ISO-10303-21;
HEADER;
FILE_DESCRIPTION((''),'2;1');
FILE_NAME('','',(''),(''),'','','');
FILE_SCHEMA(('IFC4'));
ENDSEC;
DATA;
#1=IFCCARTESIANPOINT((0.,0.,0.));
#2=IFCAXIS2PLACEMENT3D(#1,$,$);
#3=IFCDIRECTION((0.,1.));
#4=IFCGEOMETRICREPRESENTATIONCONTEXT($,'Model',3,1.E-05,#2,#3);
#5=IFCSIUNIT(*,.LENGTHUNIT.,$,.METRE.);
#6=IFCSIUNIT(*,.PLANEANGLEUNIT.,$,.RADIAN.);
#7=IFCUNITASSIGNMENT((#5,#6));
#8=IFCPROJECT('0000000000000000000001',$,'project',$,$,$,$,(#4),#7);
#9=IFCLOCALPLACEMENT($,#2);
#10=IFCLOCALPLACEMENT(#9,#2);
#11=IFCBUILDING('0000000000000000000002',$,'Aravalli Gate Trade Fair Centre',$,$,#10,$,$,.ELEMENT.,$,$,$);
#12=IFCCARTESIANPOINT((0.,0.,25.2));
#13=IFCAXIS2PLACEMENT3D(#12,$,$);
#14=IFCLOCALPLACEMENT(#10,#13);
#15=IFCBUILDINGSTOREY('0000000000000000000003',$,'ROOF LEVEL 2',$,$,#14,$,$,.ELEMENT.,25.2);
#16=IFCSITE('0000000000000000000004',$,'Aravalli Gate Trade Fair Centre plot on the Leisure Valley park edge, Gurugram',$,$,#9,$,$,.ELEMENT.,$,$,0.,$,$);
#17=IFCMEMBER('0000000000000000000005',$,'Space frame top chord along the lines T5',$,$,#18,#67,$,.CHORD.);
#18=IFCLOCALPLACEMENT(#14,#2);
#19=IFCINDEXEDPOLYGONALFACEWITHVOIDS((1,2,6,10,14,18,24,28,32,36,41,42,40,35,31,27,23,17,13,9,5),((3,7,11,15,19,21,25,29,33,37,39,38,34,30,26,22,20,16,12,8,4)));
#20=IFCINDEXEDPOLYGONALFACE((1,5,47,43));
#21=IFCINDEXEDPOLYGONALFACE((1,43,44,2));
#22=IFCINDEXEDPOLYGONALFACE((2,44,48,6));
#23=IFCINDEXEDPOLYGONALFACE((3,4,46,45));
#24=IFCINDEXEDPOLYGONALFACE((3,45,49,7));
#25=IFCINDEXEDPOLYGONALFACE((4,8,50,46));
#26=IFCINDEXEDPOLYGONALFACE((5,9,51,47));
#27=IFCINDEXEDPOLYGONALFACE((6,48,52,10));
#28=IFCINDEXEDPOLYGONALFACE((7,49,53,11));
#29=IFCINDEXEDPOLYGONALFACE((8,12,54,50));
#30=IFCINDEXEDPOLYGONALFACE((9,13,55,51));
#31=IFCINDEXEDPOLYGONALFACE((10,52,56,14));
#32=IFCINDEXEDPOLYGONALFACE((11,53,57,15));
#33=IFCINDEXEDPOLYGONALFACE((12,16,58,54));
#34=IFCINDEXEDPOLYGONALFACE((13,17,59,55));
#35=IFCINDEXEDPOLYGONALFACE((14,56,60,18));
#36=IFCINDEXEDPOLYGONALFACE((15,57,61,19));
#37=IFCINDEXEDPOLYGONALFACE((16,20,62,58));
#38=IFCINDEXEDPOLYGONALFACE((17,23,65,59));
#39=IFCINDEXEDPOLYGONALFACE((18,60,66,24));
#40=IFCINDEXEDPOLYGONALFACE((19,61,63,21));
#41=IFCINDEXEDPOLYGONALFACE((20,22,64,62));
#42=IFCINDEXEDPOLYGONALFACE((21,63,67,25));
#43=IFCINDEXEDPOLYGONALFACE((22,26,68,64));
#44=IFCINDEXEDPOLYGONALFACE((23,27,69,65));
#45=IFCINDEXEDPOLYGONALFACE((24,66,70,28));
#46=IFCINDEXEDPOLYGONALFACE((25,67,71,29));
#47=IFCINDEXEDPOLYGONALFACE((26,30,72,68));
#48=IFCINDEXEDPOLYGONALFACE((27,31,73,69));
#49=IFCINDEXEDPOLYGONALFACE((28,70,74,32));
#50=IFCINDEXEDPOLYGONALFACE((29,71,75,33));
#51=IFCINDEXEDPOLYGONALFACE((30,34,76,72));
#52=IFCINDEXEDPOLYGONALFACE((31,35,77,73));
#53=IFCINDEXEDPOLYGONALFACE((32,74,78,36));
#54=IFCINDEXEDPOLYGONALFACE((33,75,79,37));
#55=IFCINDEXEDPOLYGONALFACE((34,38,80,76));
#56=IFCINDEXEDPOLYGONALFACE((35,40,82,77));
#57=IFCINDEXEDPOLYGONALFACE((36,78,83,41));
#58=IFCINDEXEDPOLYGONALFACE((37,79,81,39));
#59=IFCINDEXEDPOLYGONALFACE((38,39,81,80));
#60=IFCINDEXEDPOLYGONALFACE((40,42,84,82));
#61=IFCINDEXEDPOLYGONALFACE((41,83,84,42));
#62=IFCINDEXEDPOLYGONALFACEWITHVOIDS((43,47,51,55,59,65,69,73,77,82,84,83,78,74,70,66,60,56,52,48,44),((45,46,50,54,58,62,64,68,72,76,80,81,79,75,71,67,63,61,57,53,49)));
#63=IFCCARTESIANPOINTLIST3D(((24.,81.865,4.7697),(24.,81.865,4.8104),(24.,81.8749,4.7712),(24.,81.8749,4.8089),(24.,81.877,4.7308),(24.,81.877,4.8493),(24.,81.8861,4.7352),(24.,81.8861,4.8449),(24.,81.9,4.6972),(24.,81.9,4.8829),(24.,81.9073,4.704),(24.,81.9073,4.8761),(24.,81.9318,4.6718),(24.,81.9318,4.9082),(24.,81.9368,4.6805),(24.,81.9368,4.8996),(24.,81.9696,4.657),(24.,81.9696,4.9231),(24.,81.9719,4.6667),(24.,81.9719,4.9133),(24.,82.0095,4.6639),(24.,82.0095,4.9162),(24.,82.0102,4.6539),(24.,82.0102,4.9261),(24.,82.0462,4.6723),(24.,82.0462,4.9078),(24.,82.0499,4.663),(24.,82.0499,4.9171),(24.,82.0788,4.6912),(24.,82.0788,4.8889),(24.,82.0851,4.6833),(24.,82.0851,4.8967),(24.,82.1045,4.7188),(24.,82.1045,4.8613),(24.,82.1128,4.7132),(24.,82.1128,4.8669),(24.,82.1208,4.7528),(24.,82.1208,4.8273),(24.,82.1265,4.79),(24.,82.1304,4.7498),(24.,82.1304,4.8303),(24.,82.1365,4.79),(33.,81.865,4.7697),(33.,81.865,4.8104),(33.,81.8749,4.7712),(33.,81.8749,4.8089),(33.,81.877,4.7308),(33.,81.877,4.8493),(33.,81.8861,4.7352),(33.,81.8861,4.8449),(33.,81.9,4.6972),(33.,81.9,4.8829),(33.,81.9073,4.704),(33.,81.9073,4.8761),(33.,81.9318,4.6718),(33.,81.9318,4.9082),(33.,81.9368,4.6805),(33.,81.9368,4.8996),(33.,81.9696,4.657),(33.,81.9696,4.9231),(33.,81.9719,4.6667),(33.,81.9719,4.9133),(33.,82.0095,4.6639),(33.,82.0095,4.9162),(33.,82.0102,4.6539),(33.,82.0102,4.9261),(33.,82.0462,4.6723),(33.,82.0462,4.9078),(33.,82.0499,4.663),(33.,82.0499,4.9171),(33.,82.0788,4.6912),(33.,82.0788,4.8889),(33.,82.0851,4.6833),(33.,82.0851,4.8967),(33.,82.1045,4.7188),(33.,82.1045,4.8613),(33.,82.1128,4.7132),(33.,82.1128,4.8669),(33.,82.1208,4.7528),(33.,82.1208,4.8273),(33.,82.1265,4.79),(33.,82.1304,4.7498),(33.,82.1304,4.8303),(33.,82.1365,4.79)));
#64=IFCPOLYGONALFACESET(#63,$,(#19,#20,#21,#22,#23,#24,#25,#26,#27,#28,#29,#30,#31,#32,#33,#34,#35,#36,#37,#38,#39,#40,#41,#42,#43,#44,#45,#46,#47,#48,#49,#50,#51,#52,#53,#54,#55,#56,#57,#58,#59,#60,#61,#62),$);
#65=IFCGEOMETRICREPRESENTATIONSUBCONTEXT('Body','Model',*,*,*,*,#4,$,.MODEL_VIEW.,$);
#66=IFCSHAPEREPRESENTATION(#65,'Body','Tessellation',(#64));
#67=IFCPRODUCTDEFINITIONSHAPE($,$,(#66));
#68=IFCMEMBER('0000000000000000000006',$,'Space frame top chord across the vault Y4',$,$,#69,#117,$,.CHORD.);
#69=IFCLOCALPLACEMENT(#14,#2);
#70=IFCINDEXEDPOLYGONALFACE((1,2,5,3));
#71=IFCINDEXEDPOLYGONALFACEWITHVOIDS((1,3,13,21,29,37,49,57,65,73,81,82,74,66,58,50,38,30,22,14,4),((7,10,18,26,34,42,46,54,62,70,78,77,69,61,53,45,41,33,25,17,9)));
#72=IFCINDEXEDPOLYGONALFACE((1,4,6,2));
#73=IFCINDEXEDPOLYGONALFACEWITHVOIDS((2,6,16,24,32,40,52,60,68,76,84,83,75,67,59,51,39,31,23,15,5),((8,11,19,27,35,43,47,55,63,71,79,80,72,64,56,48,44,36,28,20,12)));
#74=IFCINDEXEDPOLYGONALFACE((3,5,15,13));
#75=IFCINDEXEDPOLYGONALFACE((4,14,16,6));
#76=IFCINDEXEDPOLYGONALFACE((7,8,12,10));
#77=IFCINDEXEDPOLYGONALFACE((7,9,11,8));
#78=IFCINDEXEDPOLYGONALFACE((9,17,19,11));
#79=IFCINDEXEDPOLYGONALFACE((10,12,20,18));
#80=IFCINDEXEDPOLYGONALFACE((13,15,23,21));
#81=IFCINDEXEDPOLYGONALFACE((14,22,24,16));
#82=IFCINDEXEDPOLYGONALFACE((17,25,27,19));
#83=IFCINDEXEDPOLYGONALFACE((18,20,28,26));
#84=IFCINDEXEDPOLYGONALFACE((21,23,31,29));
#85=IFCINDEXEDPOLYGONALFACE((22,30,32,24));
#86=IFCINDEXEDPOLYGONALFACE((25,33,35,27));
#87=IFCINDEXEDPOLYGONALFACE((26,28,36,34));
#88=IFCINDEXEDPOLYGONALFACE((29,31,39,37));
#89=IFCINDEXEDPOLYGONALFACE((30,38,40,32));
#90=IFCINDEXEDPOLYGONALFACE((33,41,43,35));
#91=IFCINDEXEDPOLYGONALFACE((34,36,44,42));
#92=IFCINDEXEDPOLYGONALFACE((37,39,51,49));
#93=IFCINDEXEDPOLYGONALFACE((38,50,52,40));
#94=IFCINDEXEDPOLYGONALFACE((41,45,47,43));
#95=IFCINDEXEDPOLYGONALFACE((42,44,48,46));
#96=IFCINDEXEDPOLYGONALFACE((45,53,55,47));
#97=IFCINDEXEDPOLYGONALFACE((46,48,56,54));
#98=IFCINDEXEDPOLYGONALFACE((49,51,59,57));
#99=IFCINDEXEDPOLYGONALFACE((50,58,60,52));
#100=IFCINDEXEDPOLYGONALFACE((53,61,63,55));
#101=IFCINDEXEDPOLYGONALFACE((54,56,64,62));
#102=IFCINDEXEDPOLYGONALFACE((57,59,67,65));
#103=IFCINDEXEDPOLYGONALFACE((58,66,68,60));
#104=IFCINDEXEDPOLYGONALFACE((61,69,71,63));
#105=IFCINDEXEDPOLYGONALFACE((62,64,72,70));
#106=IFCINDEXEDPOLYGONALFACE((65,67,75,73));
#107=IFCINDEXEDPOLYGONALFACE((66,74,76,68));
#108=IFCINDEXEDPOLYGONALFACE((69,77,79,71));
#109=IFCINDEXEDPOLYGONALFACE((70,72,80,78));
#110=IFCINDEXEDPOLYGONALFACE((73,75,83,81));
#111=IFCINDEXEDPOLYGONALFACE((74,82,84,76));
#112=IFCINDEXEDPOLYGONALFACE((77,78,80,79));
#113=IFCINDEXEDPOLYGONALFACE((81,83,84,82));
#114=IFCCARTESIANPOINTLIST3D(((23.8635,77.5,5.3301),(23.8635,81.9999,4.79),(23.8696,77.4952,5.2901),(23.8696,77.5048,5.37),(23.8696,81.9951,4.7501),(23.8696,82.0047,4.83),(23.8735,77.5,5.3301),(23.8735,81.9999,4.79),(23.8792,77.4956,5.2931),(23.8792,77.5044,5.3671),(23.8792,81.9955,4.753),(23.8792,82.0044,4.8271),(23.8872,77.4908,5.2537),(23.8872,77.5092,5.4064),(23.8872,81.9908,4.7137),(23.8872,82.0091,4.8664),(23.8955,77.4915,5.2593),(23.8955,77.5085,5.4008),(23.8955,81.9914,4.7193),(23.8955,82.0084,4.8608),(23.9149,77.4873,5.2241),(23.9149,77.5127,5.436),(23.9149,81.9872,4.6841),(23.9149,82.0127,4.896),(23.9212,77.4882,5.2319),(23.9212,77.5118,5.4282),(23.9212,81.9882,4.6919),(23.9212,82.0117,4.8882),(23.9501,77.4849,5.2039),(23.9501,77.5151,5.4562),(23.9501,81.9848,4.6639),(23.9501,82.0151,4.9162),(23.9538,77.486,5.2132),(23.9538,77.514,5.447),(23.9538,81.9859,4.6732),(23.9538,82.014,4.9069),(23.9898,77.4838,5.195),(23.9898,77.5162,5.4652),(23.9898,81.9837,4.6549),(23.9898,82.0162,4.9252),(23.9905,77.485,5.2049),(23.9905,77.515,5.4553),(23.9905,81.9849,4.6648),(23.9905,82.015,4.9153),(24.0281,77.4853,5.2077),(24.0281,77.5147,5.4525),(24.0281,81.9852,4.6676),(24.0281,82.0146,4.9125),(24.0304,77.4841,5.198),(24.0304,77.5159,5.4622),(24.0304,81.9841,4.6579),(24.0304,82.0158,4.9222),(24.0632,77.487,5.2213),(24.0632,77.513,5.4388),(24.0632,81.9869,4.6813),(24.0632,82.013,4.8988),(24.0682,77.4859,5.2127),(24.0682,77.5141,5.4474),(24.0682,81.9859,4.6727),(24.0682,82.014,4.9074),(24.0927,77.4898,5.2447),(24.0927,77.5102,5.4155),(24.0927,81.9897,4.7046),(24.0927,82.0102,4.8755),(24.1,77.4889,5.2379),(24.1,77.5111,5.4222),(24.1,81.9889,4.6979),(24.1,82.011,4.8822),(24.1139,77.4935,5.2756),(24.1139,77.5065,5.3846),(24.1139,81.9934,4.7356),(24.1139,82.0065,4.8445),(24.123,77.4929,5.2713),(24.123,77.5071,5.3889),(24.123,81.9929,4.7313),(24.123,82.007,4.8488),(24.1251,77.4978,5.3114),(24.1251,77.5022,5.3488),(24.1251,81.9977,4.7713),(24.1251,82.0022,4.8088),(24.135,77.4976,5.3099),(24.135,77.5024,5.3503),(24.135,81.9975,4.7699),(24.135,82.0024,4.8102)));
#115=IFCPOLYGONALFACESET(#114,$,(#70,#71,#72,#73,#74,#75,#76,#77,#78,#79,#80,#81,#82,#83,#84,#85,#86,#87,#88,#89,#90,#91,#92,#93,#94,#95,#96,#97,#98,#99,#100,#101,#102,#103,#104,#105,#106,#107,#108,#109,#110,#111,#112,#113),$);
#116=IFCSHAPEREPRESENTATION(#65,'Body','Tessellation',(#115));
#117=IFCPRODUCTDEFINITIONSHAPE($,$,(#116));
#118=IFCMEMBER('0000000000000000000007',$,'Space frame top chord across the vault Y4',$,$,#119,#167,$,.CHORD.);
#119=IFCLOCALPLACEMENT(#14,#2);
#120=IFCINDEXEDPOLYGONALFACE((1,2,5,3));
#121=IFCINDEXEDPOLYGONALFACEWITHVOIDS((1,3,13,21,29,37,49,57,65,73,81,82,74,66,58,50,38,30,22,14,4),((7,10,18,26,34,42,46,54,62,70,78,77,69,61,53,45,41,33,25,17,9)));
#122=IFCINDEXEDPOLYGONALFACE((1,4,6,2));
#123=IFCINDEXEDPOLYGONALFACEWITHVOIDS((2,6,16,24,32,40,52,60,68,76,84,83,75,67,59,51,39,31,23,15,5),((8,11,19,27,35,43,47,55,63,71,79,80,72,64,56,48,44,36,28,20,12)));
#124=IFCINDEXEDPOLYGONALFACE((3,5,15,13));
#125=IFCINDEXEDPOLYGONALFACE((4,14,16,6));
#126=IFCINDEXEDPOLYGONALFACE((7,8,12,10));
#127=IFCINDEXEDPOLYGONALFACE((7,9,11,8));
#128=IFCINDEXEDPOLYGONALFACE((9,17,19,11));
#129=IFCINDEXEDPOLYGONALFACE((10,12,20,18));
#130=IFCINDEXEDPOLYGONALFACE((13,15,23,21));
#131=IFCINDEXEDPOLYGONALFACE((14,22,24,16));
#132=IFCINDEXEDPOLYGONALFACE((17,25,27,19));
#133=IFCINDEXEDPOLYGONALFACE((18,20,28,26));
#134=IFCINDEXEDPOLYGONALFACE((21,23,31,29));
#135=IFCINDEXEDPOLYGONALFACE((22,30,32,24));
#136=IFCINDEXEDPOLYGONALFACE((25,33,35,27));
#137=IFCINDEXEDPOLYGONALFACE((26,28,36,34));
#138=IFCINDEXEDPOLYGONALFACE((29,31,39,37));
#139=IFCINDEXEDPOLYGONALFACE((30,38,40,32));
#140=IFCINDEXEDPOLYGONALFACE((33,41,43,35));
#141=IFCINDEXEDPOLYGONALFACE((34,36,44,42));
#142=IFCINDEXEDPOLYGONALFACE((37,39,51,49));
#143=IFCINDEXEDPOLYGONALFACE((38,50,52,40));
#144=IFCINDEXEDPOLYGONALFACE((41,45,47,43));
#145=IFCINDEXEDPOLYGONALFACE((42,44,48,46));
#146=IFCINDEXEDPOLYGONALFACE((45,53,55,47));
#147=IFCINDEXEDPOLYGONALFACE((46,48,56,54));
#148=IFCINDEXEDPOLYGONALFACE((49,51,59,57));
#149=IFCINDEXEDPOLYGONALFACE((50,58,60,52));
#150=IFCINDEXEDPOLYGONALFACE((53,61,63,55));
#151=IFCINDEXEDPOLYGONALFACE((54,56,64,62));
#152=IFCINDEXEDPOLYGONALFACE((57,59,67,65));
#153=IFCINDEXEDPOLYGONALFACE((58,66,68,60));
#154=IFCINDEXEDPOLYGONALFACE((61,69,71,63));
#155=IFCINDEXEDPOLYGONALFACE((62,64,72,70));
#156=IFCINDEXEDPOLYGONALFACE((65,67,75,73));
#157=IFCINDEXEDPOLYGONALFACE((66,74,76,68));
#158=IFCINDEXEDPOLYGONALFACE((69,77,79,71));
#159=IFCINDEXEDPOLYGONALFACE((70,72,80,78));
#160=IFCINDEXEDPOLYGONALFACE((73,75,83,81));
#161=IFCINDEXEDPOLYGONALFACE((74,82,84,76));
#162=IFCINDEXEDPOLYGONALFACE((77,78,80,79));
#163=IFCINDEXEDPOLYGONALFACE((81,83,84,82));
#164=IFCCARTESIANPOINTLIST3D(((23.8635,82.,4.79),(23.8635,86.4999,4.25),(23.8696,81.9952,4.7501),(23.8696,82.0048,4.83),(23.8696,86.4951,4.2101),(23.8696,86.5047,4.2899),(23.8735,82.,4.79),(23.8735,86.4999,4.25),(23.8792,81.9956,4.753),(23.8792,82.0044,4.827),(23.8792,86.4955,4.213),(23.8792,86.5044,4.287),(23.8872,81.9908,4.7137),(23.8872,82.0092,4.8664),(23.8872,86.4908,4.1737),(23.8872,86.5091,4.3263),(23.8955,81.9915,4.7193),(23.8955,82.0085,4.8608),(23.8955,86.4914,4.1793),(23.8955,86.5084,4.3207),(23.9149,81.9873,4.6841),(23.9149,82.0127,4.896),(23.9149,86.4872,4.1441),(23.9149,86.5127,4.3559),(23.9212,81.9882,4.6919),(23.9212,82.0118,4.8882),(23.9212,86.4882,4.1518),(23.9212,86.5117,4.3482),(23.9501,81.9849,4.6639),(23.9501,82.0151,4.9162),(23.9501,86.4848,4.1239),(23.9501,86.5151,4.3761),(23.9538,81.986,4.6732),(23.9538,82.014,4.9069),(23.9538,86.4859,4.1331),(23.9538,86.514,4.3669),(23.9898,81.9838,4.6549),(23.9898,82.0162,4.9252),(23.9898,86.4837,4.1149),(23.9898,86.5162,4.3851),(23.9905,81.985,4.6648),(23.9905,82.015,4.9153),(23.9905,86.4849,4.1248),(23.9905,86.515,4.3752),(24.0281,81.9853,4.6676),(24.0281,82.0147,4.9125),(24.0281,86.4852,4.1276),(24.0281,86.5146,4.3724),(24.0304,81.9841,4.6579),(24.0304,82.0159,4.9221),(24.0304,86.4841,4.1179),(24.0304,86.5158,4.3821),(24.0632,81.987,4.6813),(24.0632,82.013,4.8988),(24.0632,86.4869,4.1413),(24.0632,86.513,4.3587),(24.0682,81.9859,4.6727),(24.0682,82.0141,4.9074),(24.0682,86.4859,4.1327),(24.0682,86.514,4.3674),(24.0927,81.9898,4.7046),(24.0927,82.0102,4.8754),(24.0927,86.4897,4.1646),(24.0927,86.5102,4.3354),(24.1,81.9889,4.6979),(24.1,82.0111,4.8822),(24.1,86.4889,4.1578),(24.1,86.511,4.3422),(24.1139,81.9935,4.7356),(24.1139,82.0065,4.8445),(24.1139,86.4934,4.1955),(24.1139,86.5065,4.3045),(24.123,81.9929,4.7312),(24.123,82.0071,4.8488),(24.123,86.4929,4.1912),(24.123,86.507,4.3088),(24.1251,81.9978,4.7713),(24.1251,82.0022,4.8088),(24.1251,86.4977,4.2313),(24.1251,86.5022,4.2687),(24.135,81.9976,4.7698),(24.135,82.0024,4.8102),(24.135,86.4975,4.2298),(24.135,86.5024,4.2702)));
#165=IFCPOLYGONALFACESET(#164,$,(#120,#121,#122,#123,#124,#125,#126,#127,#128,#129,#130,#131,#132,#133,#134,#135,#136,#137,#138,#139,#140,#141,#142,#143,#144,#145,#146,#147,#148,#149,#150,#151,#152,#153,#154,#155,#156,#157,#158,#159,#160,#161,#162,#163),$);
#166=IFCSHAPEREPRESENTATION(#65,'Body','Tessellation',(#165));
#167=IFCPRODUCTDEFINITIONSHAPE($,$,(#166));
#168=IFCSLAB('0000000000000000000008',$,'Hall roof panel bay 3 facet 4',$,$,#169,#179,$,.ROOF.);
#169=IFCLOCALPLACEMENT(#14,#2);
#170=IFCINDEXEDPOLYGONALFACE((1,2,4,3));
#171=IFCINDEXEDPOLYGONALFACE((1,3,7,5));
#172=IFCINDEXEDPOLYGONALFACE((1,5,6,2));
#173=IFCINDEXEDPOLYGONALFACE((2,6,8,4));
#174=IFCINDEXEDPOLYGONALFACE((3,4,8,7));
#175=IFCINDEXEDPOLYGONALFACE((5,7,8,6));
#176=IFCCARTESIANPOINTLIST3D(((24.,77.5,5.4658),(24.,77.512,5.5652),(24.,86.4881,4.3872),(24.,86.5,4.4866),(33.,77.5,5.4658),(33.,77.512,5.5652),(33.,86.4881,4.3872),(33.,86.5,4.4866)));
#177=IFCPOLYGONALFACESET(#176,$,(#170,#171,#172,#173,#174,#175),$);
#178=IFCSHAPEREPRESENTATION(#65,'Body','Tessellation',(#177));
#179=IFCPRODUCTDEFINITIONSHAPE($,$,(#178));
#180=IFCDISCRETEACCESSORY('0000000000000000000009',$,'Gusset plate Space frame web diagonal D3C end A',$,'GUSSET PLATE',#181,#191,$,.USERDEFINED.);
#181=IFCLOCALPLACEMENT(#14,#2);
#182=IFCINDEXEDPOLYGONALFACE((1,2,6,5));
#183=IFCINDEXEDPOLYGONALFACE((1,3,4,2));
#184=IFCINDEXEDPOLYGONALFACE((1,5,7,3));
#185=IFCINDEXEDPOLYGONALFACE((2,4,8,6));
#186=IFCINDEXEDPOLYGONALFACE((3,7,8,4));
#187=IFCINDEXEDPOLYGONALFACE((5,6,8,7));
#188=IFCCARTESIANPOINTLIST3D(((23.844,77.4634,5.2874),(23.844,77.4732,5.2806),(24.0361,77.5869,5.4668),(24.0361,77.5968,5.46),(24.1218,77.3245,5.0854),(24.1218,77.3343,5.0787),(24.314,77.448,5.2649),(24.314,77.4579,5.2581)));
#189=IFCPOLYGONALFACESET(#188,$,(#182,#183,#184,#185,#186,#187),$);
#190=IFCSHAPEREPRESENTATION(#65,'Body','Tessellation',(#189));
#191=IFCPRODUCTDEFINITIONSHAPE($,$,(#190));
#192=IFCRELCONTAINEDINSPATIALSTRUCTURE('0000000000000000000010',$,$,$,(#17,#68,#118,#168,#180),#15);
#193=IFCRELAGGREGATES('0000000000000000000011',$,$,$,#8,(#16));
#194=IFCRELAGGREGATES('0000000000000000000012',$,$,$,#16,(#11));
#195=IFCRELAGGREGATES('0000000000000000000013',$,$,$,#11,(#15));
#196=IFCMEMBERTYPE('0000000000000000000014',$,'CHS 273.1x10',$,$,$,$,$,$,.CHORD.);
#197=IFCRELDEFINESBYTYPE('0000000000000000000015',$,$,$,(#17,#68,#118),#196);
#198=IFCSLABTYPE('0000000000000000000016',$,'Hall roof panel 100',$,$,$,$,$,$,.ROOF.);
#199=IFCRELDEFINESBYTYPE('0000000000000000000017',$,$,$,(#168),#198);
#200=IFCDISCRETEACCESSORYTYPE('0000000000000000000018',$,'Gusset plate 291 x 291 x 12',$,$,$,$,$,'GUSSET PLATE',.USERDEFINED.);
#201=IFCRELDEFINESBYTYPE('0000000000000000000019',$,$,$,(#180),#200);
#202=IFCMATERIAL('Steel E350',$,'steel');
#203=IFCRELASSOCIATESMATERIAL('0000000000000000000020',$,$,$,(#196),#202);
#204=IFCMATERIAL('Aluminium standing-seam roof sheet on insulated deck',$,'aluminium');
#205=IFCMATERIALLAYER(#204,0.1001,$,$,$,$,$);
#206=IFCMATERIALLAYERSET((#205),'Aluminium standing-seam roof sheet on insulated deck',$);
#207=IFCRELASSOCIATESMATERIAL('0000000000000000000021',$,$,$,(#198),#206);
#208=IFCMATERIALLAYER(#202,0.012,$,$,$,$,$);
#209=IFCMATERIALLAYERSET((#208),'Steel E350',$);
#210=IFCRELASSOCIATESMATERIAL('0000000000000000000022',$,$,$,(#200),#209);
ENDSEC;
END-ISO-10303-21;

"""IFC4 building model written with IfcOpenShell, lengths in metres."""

from ifc_helpers import new_model, si_unit, direction, frame, origin, origin_2d, place, context, subcontext, project, spatial, polyline, hollow_circle, outline, extrude, material, layer, layer_set, material_profile, profile_set, type_object, element, save


model = new_model("IFC4")

# Units and contexts
model_context = context("Model", 3, precision=1e-05, world=origin(), true_north=direction((0.0, 1.0)))
body_context = subcontext(model_context, "Body", "Model", "MODEL_VIEW")
ifc_project = project(units=[si_unit("LENGTHUNIT", "METRE"), si_unit("PLANEANGLEUNIT", "RADIAN")], contexts=[model_context])

# Site, building, storey
site_placement = place(None, origin())
site = spatial("IfcSite", under=ifc_project, at=site_placement, Name="Aravalli Gate Trade Fair Centre plot on the Leisure Valley park edge, Gurugram", CompositionType="ELEMENT", RefElevation=0.0)
building_placement = place(site_placement, origin())
building = spatial("IfcBuilding", under=site, at=building_placement, Name="Aravalli Gate Trade Fair Centre", CompositionType="ELEMENT")
storey_placement = place(building_placement, frame((0.0, 0.0, 25.2)))
storey = spatial("IfcBuildingStorey", under=building, at=storey_placement, Name="ROOF LEVEL 2", CompositionType="ELEMENT", Elevation=25.2)

# Members
ifc_material_1 = material(Name="Steel E350", Category="steel")
ifc_material_profile_1 = material_profile(ifc_material_1, hollow_circle(Radius=0.1365, WallThickness=0.01, at=origin_2d()), Name="CHS 273.1x10")
ifc_profile_set_1 = profile_set([ifc_material_profile_1], Name="Steel E350")
member_type_1 = type_object("IfcMemberType", Name="CHS 273.1x10", PredefinedType="CHORD", material=ifc_profile_set_1)
for number, where, z_axis, x_axis, name in (
    (1, (24.0, 82.0, 4.79), (1.0, 0.0, 0.0), (0.0, 1.0, 0.0), "Space frame top chord along the lines T5"),
):
    element("IfcMember", number, at=place(storey_placement, frame(where, z_axis=z_axis, x_axis=x_axis)), inside=storey, type_object=member_type_1, Name=name, PredefinedType="CHORD", context=body_context, shape_type="SweptSolid", body=[
        extrude(hollow_circle(Radius=0.1365, WallThickness=0.01, at=origin_2d()), origin(), (0.0, 0.0, 1.0), 9.0),
    ])
for number, where, z_axis, x_axis, name in (
    (2, (24.0, 77.5, 5.3301), (0.0, 0.992876, -0.119154), (-1.0, 0.0, 0.0), "Space frame top chord across the vault Y4"),
    (3, (24.0, 82.0, 4.79), (0.0, 0.992876, -0.119154), (-1.0, 0.0, 0.0), "Space frame top chord across the vault Y4"),
):
    element("IfcMember", number, at=place(storey_placement, frame(where, z_axis=z_axis, x_axis=x_axis)), inside=storey, type_object=member_type_1, Name=name, PredefinedType="CHORD", context=body_context, shape_type="SweptSolid", body=[
        extrude(hollow_circle(Radius=0.1365, WallThickness=0.01, at=origin_2d()), origin(), (0.0, 0.0, 1.0), 4.5322),
    ])

# Slab
ifc_material_2 = material(Name="Aluminium standing-seam roof sheet on insulated deck", Category="aluminium")
ifc_layer_1 = layer(ifc_material_2, 0.1001)
ifc_layer_set_1 = layer_set([ifc_layer_1], Name="Aluminium standing-seam roof sheet on insulated deck")
slab_type = type_object("IfcSlabType", Name="Hall roof panel 100", PredefinedType="ROOF", material=ifc_layer_set_1)
slab_placement = place(storey_placement, frame((24.0, 77.512, 5.5652), z_axis=(0.0, 0.119151, 0.992876), x_axis=(1.0, 0.0, 0.0)))
element("IfcSlab", 4, at=slab_placement, inside=storey, type_object=slab_type, Name="Hall roof panel bay 3 facet 4", PredefinedType="ROOF", context=body_context, shape_type="SweptSolid", body=[
    extrude(outline(polyline([(0.0, 0.0), (9.0, 0.0), (9.0, 9.0525), (0.0, 9.0525), (0.0, 0.0)])), origin(), (0.0, 0.0, -1.0), 0.1001),
])

# Discrete accessory
ifc_layer_2 = layer(ifc_material_1, 0.012)
ifc_layer_set_2 = layer_set([ifc_layer_2], Name="Steel E350")
discrete_accessory_type = type_object("IfcDiscreteAccessoryType", Name="Gusset plate 291 x 291 x 12", ElementType="GUSSET PLATE", PredefinedType="USERDEFINED", material=ifc_layer_set_2)
discrete_accessory_1_placement = place(storey_placement, frame((24.1218, 77.3245, 5.0854), z_axis=(0.000137, -0.82375, 0.566952), x_axis=(-0.749929, 0.374965, 0.544984)))
element("IfcDiscreteAccessory", 5, at=discrete_accessory_1_placement, inside=storey, type_object=discrete_accessory_type, Name="Gusset plate Space frame web diagonal D3C end A", ObjectType="GUSSET PLATE", PredefinedType="USERDEFINED", context=body_context, shape_type="SweptSolid", body=[
    extrude(outline(polyline([(0.0, 0.0), (0.3705, 0.0), (0.3705, -0.2905), (0.0, -0.2905), (0.0, 0.0)])), origin(), (0.0, 0.0, -1.0), 0.012),
])

save(model, "model.ifc")
